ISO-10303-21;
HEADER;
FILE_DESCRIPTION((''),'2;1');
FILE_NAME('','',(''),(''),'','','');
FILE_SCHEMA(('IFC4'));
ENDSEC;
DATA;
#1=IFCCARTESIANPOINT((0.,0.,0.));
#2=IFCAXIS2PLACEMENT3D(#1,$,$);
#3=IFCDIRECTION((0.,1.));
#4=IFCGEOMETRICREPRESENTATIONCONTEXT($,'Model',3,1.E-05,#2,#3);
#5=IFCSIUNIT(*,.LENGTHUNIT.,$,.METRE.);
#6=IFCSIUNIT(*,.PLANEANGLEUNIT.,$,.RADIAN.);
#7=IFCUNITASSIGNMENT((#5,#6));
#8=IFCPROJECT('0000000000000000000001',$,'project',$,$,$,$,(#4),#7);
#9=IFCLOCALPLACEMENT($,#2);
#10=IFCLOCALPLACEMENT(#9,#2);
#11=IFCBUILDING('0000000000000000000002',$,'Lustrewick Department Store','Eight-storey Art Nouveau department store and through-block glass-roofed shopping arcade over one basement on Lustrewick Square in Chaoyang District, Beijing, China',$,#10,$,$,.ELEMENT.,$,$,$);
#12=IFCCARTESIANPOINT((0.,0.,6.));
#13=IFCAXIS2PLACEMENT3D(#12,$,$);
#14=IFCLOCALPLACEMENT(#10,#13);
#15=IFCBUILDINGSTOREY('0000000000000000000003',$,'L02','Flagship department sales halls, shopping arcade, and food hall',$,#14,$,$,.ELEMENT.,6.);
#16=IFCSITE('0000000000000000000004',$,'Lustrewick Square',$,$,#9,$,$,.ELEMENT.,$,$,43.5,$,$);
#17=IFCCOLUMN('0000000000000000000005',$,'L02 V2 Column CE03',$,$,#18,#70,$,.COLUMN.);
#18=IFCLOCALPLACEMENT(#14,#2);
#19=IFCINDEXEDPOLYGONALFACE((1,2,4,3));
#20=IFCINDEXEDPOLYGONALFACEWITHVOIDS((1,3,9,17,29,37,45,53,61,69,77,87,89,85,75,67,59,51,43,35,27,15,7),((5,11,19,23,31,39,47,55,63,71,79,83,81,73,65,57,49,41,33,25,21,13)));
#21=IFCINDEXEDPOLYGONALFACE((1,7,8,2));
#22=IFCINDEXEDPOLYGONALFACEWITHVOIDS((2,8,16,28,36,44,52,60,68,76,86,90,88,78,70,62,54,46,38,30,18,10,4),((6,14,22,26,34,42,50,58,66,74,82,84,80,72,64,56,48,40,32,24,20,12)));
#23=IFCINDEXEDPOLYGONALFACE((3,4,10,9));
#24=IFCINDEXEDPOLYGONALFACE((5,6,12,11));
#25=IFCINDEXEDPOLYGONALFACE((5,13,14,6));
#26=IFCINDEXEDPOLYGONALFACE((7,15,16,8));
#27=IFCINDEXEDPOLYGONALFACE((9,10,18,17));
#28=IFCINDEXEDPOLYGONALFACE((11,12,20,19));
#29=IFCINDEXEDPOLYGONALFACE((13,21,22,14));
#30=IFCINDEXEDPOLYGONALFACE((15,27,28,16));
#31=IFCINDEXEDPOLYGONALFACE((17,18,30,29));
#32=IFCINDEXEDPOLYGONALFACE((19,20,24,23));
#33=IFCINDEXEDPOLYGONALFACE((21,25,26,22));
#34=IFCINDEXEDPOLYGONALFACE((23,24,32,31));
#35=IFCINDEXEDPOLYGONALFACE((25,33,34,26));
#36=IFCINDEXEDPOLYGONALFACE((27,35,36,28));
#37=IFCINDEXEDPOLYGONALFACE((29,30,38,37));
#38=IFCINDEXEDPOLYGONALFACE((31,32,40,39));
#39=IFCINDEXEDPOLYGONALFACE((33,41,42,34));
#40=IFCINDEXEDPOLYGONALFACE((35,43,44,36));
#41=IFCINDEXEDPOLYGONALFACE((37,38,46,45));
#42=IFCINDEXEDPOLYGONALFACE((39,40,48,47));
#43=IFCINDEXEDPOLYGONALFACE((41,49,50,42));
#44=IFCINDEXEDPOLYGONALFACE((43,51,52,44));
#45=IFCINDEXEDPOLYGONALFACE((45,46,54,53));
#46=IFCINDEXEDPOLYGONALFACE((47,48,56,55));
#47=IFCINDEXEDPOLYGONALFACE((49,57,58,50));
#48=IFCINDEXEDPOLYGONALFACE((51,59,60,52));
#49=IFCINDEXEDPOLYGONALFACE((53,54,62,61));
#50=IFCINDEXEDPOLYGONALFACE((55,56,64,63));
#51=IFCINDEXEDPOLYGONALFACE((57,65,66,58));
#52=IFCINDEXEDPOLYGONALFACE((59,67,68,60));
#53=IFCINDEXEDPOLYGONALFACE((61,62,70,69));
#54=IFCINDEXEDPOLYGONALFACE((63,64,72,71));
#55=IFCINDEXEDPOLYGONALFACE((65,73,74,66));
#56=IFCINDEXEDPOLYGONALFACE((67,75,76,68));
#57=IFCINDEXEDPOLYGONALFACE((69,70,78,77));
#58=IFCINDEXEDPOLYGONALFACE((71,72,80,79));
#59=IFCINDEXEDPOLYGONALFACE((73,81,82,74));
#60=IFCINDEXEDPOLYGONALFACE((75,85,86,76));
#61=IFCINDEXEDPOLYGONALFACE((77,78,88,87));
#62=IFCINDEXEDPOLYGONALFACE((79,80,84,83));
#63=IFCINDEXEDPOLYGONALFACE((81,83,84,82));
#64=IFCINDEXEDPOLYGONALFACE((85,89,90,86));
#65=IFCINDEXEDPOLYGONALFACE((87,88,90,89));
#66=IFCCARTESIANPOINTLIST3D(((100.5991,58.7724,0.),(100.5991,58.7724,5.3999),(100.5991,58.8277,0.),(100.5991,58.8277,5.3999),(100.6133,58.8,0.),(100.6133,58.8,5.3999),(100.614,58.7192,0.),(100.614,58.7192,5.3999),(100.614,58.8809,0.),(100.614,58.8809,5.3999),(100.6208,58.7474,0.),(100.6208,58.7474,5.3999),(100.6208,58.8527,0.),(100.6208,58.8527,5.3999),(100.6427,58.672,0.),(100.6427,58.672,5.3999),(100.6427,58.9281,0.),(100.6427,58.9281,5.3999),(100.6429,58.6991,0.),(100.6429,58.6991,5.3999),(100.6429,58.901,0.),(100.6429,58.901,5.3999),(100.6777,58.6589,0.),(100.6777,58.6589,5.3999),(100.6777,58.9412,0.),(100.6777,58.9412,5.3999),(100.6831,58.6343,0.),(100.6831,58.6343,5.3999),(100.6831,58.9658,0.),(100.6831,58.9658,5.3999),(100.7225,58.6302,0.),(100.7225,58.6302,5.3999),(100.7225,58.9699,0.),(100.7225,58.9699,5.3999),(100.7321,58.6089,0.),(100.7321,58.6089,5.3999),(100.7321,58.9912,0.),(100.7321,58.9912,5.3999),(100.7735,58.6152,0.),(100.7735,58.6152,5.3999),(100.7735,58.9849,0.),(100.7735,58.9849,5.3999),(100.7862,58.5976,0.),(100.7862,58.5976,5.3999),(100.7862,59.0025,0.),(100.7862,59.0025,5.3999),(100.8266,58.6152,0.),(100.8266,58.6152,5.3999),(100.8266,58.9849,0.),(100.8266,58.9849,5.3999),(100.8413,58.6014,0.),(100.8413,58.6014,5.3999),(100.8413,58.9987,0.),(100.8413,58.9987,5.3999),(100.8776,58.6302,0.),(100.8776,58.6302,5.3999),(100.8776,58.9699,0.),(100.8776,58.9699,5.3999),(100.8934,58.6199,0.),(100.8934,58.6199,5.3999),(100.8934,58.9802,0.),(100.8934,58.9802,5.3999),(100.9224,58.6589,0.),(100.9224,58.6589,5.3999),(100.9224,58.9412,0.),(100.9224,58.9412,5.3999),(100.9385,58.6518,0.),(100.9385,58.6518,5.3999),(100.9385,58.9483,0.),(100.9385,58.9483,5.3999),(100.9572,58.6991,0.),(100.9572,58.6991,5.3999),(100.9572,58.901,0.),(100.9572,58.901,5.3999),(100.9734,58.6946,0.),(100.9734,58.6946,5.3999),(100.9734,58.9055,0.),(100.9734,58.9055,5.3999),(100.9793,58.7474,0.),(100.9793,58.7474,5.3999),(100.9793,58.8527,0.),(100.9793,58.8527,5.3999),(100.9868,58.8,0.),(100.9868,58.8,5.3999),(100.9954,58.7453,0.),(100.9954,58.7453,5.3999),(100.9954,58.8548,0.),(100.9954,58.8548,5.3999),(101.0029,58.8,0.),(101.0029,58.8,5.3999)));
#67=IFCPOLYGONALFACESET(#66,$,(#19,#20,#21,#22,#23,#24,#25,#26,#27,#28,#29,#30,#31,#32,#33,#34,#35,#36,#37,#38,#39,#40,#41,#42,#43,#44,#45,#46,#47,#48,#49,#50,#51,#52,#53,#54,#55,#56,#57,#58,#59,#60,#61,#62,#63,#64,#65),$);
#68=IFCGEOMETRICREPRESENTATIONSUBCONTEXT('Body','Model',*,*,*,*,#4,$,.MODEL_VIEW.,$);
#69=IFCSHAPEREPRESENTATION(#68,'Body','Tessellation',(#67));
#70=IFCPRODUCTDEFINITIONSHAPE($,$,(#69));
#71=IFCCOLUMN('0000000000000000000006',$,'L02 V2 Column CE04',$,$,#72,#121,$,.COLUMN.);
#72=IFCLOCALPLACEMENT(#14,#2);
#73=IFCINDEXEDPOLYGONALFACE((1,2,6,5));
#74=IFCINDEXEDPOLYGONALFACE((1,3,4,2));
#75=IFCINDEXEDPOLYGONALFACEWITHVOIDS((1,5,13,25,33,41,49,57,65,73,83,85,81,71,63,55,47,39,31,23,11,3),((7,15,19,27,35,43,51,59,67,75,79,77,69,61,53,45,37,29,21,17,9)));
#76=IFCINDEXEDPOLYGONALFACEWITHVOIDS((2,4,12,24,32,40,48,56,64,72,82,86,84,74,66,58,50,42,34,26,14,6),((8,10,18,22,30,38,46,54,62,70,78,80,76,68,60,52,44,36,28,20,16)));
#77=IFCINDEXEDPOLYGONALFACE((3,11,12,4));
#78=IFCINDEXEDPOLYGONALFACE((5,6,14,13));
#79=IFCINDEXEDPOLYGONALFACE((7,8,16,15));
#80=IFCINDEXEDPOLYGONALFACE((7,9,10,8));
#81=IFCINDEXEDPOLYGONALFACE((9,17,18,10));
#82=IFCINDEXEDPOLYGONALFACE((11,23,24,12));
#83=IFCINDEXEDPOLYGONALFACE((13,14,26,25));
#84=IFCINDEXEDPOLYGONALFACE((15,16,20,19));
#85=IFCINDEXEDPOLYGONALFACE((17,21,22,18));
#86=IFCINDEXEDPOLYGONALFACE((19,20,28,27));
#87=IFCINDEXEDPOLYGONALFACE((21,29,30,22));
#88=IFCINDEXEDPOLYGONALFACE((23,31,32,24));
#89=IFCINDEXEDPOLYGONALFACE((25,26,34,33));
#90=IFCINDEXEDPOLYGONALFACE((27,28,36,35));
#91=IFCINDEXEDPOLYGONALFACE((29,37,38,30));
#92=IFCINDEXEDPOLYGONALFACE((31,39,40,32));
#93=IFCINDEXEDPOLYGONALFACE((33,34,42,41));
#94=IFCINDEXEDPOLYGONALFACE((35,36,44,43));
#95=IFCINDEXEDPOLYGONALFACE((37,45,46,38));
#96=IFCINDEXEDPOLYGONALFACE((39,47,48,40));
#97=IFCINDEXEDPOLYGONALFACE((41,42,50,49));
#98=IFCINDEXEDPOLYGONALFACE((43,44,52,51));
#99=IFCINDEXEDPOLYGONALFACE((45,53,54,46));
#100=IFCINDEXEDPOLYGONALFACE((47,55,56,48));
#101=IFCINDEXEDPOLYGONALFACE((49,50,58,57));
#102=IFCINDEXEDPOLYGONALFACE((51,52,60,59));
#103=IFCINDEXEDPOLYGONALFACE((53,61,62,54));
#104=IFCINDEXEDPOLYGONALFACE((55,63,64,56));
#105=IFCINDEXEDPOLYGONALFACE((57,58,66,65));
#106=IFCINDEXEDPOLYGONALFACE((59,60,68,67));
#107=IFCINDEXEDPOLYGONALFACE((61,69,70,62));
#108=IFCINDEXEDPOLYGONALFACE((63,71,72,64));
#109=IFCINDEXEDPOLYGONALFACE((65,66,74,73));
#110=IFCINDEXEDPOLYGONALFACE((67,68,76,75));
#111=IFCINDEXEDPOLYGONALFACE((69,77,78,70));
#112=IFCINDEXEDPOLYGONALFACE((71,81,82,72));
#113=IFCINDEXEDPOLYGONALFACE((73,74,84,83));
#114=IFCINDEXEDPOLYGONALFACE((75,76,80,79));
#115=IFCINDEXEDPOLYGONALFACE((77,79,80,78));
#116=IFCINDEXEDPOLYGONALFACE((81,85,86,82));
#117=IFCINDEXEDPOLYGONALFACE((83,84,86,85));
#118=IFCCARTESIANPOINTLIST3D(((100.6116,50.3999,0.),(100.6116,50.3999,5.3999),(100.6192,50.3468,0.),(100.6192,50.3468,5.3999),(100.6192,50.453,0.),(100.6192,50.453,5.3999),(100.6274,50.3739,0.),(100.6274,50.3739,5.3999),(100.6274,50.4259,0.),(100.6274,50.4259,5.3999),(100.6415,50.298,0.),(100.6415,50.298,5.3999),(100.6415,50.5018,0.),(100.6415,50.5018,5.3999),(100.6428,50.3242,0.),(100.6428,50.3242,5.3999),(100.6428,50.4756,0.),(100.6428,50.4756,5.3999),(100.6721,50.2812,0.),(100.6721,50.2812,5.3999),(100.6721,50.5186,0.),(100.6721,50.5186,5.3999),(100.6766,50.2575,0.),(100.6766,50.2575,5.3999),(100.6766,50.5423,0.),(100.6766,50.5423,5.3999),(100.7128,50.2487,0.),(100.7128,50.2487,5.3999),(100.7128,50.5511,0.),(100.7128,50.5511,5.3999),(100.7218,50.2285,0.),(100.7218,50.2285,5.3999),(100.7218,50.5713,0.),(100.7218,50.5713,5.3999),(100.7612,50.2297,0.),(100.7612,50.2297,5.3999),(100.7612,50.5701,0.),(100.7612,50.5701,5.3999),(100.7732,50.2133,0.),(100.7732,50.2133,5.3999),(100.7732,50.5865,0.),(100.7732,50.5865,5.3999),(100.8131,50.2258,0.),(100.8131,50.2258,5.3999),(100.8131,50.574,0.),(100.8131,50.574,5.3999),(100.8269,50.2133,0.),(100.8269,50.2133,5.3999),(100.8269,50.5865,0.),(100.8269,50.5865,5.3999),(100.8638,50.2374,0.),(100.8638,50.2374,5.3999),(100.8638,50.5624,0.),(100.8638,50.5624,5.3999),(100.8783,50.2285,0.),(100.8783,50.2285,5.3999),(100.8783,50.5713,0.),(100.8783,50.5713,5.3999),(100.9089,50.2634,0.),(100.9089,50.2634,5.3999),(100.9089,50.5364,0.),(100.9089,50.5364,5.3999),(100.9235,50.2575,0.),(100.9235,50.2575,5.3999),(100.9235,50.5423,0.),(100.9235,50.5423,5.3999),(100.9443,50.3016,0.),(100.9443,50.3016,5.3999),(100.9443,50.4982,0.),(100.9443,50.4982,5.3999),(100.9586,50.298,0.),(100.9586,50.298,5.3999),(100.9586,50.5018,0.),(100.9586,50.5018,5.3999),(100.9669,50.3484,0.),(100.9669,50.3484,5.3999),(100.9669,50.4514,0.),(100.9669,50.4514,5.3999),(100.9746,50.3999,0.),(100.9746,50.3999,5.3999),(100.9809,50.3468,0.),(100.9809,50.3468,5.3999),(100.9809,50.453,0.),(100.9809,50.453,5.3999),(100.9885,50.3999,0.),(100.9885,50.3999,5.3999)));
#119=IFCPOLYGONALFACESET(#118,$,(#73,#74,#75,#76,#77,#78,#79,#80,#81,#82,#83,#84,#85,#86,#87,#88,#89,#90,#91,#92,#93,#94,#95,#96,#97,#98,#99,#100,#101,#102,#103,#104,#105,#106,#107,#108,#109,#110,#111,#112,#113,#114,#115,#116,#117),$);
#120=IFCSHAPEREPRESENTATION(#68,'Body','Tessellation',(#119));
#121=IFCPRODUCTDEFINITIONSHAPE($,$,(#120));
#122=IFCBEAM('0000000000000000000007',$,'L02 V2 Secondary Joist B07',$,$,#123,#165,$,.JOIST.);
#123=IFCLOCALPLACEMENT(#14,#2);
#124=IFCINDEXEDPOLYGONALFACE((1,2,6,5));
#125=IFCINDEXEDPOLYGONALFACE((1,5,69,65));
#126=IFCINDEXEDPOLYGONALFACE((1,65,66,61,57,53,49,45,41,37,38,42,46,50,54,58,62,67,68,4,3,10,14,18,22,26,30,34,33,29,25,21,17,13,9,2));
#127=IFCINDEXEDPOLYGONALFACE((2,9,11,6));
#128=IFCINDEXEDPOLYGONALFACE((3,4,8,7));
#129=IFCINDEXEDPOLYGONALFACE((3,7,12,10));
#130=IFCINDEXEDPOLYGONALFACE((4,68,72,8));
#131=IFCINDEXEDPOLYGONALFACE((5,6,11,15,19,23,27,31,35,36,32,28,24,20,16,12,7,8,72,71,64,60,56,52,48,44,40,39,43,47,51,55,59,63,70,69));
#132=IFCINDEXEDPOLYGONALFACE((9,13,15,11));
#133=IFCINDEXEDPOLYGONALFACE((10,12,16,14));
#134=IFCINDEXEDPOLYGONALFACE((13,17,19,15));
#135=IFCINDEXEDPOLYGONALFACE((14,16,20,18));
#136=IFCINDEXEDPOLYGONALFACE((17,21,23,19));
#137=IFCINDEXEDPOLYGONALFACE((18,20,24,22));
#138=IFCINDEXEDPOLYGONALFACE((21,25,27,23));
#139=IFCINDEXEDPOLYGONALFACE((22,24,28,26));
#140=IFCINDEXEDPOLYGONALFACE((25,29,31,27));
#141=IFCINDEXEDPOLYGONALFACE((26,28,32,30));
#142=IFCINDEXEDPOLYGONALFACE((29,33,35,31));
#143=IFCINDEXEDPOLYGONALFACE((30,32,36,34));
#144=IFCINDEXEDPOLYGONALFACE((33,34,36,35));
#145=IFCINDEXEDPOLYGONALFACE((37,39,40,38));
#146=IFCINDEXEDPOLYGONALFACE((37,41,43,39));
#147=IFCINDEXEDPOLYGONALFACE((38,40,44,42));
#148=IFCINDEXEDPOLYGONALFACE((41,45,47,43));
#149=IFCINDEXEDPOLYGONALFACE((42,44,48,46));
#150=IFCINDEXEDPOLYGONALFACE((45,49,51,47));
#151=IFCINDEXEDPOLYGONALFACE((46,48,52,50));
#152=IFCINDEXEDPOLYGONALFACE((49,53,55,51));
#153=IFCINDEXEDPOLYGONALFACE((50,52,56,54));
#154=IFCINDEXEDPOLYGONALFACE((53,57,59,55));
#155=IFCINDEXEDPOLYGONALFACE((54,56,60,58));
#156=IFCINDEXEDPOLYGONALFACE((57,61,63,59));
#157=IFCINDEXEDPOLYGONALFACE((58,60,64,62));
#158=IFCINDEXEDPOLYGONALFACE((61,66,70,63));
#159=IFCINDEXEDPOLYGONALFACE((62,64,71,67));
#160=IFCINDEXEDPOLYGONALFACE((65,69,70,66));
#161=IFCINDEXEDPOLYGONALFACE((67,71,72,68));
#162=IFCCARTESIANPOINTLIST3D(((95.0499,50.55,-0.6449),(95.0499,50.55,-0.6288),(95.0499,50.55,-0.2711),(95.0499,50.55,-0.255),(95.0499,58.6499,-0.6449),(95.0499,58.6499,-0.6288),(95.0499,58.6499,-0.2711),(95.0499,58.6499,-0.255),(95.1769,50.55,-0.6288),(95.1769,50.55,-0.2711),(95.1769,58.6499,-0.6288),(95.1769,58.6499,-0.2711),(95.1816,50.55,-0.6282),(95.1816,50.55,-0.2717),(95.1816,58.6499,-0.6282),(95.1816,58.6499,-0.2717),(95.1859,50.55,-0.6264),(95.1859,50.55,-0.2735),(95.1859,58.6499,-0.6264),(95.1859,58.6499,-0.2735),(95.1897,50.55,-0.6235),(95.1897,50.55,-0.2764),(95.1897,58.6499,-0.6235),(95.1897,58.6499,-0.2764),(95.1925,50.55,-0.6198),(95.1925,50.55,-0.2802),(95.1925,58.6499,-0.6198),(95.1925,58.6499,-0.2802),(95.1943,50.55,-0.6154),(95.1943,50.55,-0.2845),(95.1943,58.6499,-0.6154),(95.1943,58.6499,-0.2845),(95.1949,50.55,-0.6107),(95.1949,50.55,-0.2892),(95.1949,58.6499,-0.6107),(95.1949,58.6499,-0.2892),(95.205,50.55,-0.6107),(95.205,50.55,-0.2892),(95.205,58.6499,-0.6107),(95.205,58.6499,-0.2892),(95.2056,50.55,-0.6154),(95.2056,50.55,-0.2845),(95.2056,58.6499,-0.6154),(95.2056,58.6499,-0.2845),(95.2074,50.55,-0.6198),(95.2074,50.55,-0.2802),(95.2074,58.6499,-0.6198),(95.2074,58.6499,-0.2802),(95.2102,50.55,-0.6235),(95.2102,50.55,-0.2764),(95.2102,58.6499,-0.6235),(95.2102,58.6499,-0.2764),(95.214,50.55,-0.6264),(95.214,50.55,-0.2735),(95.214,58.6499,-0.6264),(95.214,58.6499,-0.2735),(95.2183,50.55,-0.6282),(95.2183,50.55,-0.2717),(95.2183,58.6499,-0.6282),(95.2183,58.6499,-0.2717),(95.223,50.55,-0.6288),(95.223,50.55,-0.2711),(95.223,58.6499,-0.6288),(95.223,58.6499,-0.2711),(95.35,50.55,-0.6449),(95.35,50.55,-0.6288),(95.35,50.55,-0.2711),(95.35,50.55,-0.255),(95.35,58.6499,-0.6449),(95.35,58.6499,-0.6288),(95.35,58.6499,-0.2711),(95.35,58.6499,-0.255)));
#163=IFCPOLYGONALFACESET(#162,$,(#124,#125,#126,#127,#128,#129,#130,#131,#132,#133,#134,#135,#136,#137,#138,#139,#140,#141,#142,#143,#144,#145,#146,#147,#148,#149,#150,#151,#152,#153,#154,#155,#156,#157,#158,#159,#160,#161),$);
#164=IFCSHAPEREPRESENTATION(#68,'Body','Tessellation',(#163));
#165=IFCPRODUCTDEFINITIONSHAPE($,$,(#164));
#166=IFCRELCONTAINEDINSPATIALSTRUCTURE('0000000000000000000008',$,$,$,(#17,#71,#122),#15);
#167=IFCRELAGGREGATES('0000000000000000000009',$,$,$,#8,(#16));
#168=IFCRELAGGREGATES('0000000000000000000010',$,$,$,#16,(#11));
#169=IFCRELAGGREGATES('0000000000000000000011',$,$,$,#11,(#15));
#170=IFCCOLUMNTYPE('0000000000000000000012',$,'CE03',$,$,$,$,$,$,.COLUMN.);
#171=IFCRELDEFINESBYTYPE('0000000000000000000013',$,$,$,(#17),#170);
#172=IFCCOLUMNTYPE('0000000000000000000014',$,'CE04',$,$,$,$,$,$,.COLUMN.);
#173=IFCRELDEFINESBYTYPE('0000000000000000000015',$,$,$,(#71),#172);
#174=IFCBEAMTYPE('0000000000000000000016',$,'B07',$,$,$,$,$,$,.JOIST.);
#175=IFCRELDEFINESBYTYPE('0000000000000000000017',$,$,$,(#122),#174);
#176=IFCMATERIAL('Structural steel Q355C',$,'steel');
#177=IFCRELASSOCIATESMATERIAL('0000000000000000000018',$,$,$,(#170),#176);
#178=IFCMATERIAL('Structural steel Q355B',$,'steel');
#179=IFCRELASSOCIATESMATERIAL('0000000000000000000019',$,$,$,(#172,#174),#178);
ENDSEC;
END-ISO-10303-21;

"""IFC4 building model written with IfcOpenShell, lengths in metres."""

from ifc_helpers import new_model, si_unit, direction, frame, origin, origin_2d, place, context, subcontext, project, spatial, hollow_circle, i_section, extrude, material, material_profile, profile_set, type_object, element, save


model = new_model("IFC4")

# Units and contexts
model_context = context("Model", 3, precision=1e-05, world=origin(), true_north=direction((0.0, 1.0)))
body_context = subcontext(model_context, "Body", "Model", "MODEL_VIEW")
ifc_project = project(units=[si_unit("LENGTHUNIT", "METRE"), si_unit("PLANEANGLEUNIT", "RADIAN")], contexts=[model_context])

# Site, building, storey
site_placement = place(None, origin())
site = spatial("IfcSite", under=ifc_project, at=site_placement, Name="Lustrewick Square", CompositionType="ELEMENT", RefElevation=43.5)
building_placement = place(site_placement, origin())
building = spatial("IfcBuilding", under=site, at=building_placement, Name="Lustrewick Department Store", Description="Eight-storey Art Nouveau department store and through-block glass-roofed shopping arcade over one basement on Lustrewick Square in Chaoyang District, Beijing, China", CompositionType="ELEMENT")
storey_placement = place(building_placement, frame((0.0, 0.0, 6.0)))
storey = spatial("IfcBuildingStorey", under=building, at=storey_placement, Name="L02", Description="Flagship department sales halls, shopping arcade, and food hall", CompositionType="ELEMENT", Elevation=6.0)

# Columns
ifc_material_1 = material(Name="Structural steel Q355C", Category="steel")
ifc_material_profile_1 = material_profile(ifc_material_1, hollow_circle(Radius=0.2029, WallThickness=0.0161, at=origin_2d()), Name="CHS 406x16")
ifc_profile_set_1 = profile_set([ifc_material_profile_1], Name="Structural steel Q355C")
column_type_1 = type_object("IfcColumnType", Name="CE03", PredefinedType="COLUMN", material=ifc_profile_set_1)
column_1_placement = place(storey_placement, frame((100.8, 58.8, 0.0), z_axis=(0.0, 0.0, 1.0), x_axis=(1.0, 0.0, 0.0)))
element("IfcColumn", 1, at=column_1_placement, inside=storey, type_object=column_type_1, Name="L02 V2 Column CE03", PredefinedType="COLUMN", context=body_context, shape_type="SweptSolid", body=[
    extrude(hollow_circle(Radius=0.2029, WallThickness=0.0161, at=origin_2d()), origin(), (0.0, 0.0, 1.0), 5.3999),
])
ifc_material_2 = material(Name="Structural steel Q355B", Category="steel")
ifc_material_profile_2 = material_profile(ifc_material_2, hollow_circle(Radius=0.1885, WallThickness=0.0139, at=origin_2d()), Name="CHS 377x14")
ifc_profile_set_2 = profile_set([ifc_material_profile_2], Name="Structural steel Q355B")
column_type_2 = type_object("IfcColumnType", Name="CE04", PredefinedType="COLUMN", material=ifc_profile_set_2)
column_2_placement = place(storey_placement, frame((100.8, 50.3999, 0.0), z_axis=(0.0, 0.0, 1.0), x_axis=(1.0, 0.0, 0.0)))
element("IfcColumn", 2, at=column_2_placement, inside=storey, type_object=column_type_2, Name="L02 V2 Column CE04", PredefinedType="COLUMN", context=body_context, shape_type="SweptSolid", body=[
    extrude(hollow_circle(Radius=0.1885, WallThickness=0.0139, at=origin_2d()), origin(), (0.0, 0.0, 1.0), 5.3999),
])

# Beam
ifc_material_profile_3 = material_profile(ifc_material_2, i_section(OverallWidth=0.3, OverallDepth=0.3899, WebThickness=0.01, FlangeThickness=0.0161, FilletRadius=0.0181, at=origin_2d()), Name="HM 390x300x10x16")
ifc_profile_set_3 = profile_set([ifc_material_profile_3], Name="Structural steel Q355B")
beam_type_1 = type_object("IfcBeamType", Name="B07", PredefinedType="JOIST", material=ifc_profile_set_3)
beam_1_placement = place(storey_placement, frame((95.2, 50.55, -0.45), z_axis=(0.0, 1.0, 0.0), x_axis=(-1.0, 0.0, 0.0)))
element("IfcBeam", 3, at=beam_1_placement, inside=storey, type_object=beam_type_1, Name="L02 V2 Secondary Joist B07", PredefinedType="JOIST", context=body_context, shape_type="SweptSolid", body=[
    extrude(i_section(OverallWidth=0.3, OverallDepth=0.3899, WebThickness=0.01, FlangeThickness=0.0161, FilletRadius=0.0181, at=origin_2d()), origin(), (0.0, 0.0, 1.0), 8.0999),
])

save(model, "model.ifc")
